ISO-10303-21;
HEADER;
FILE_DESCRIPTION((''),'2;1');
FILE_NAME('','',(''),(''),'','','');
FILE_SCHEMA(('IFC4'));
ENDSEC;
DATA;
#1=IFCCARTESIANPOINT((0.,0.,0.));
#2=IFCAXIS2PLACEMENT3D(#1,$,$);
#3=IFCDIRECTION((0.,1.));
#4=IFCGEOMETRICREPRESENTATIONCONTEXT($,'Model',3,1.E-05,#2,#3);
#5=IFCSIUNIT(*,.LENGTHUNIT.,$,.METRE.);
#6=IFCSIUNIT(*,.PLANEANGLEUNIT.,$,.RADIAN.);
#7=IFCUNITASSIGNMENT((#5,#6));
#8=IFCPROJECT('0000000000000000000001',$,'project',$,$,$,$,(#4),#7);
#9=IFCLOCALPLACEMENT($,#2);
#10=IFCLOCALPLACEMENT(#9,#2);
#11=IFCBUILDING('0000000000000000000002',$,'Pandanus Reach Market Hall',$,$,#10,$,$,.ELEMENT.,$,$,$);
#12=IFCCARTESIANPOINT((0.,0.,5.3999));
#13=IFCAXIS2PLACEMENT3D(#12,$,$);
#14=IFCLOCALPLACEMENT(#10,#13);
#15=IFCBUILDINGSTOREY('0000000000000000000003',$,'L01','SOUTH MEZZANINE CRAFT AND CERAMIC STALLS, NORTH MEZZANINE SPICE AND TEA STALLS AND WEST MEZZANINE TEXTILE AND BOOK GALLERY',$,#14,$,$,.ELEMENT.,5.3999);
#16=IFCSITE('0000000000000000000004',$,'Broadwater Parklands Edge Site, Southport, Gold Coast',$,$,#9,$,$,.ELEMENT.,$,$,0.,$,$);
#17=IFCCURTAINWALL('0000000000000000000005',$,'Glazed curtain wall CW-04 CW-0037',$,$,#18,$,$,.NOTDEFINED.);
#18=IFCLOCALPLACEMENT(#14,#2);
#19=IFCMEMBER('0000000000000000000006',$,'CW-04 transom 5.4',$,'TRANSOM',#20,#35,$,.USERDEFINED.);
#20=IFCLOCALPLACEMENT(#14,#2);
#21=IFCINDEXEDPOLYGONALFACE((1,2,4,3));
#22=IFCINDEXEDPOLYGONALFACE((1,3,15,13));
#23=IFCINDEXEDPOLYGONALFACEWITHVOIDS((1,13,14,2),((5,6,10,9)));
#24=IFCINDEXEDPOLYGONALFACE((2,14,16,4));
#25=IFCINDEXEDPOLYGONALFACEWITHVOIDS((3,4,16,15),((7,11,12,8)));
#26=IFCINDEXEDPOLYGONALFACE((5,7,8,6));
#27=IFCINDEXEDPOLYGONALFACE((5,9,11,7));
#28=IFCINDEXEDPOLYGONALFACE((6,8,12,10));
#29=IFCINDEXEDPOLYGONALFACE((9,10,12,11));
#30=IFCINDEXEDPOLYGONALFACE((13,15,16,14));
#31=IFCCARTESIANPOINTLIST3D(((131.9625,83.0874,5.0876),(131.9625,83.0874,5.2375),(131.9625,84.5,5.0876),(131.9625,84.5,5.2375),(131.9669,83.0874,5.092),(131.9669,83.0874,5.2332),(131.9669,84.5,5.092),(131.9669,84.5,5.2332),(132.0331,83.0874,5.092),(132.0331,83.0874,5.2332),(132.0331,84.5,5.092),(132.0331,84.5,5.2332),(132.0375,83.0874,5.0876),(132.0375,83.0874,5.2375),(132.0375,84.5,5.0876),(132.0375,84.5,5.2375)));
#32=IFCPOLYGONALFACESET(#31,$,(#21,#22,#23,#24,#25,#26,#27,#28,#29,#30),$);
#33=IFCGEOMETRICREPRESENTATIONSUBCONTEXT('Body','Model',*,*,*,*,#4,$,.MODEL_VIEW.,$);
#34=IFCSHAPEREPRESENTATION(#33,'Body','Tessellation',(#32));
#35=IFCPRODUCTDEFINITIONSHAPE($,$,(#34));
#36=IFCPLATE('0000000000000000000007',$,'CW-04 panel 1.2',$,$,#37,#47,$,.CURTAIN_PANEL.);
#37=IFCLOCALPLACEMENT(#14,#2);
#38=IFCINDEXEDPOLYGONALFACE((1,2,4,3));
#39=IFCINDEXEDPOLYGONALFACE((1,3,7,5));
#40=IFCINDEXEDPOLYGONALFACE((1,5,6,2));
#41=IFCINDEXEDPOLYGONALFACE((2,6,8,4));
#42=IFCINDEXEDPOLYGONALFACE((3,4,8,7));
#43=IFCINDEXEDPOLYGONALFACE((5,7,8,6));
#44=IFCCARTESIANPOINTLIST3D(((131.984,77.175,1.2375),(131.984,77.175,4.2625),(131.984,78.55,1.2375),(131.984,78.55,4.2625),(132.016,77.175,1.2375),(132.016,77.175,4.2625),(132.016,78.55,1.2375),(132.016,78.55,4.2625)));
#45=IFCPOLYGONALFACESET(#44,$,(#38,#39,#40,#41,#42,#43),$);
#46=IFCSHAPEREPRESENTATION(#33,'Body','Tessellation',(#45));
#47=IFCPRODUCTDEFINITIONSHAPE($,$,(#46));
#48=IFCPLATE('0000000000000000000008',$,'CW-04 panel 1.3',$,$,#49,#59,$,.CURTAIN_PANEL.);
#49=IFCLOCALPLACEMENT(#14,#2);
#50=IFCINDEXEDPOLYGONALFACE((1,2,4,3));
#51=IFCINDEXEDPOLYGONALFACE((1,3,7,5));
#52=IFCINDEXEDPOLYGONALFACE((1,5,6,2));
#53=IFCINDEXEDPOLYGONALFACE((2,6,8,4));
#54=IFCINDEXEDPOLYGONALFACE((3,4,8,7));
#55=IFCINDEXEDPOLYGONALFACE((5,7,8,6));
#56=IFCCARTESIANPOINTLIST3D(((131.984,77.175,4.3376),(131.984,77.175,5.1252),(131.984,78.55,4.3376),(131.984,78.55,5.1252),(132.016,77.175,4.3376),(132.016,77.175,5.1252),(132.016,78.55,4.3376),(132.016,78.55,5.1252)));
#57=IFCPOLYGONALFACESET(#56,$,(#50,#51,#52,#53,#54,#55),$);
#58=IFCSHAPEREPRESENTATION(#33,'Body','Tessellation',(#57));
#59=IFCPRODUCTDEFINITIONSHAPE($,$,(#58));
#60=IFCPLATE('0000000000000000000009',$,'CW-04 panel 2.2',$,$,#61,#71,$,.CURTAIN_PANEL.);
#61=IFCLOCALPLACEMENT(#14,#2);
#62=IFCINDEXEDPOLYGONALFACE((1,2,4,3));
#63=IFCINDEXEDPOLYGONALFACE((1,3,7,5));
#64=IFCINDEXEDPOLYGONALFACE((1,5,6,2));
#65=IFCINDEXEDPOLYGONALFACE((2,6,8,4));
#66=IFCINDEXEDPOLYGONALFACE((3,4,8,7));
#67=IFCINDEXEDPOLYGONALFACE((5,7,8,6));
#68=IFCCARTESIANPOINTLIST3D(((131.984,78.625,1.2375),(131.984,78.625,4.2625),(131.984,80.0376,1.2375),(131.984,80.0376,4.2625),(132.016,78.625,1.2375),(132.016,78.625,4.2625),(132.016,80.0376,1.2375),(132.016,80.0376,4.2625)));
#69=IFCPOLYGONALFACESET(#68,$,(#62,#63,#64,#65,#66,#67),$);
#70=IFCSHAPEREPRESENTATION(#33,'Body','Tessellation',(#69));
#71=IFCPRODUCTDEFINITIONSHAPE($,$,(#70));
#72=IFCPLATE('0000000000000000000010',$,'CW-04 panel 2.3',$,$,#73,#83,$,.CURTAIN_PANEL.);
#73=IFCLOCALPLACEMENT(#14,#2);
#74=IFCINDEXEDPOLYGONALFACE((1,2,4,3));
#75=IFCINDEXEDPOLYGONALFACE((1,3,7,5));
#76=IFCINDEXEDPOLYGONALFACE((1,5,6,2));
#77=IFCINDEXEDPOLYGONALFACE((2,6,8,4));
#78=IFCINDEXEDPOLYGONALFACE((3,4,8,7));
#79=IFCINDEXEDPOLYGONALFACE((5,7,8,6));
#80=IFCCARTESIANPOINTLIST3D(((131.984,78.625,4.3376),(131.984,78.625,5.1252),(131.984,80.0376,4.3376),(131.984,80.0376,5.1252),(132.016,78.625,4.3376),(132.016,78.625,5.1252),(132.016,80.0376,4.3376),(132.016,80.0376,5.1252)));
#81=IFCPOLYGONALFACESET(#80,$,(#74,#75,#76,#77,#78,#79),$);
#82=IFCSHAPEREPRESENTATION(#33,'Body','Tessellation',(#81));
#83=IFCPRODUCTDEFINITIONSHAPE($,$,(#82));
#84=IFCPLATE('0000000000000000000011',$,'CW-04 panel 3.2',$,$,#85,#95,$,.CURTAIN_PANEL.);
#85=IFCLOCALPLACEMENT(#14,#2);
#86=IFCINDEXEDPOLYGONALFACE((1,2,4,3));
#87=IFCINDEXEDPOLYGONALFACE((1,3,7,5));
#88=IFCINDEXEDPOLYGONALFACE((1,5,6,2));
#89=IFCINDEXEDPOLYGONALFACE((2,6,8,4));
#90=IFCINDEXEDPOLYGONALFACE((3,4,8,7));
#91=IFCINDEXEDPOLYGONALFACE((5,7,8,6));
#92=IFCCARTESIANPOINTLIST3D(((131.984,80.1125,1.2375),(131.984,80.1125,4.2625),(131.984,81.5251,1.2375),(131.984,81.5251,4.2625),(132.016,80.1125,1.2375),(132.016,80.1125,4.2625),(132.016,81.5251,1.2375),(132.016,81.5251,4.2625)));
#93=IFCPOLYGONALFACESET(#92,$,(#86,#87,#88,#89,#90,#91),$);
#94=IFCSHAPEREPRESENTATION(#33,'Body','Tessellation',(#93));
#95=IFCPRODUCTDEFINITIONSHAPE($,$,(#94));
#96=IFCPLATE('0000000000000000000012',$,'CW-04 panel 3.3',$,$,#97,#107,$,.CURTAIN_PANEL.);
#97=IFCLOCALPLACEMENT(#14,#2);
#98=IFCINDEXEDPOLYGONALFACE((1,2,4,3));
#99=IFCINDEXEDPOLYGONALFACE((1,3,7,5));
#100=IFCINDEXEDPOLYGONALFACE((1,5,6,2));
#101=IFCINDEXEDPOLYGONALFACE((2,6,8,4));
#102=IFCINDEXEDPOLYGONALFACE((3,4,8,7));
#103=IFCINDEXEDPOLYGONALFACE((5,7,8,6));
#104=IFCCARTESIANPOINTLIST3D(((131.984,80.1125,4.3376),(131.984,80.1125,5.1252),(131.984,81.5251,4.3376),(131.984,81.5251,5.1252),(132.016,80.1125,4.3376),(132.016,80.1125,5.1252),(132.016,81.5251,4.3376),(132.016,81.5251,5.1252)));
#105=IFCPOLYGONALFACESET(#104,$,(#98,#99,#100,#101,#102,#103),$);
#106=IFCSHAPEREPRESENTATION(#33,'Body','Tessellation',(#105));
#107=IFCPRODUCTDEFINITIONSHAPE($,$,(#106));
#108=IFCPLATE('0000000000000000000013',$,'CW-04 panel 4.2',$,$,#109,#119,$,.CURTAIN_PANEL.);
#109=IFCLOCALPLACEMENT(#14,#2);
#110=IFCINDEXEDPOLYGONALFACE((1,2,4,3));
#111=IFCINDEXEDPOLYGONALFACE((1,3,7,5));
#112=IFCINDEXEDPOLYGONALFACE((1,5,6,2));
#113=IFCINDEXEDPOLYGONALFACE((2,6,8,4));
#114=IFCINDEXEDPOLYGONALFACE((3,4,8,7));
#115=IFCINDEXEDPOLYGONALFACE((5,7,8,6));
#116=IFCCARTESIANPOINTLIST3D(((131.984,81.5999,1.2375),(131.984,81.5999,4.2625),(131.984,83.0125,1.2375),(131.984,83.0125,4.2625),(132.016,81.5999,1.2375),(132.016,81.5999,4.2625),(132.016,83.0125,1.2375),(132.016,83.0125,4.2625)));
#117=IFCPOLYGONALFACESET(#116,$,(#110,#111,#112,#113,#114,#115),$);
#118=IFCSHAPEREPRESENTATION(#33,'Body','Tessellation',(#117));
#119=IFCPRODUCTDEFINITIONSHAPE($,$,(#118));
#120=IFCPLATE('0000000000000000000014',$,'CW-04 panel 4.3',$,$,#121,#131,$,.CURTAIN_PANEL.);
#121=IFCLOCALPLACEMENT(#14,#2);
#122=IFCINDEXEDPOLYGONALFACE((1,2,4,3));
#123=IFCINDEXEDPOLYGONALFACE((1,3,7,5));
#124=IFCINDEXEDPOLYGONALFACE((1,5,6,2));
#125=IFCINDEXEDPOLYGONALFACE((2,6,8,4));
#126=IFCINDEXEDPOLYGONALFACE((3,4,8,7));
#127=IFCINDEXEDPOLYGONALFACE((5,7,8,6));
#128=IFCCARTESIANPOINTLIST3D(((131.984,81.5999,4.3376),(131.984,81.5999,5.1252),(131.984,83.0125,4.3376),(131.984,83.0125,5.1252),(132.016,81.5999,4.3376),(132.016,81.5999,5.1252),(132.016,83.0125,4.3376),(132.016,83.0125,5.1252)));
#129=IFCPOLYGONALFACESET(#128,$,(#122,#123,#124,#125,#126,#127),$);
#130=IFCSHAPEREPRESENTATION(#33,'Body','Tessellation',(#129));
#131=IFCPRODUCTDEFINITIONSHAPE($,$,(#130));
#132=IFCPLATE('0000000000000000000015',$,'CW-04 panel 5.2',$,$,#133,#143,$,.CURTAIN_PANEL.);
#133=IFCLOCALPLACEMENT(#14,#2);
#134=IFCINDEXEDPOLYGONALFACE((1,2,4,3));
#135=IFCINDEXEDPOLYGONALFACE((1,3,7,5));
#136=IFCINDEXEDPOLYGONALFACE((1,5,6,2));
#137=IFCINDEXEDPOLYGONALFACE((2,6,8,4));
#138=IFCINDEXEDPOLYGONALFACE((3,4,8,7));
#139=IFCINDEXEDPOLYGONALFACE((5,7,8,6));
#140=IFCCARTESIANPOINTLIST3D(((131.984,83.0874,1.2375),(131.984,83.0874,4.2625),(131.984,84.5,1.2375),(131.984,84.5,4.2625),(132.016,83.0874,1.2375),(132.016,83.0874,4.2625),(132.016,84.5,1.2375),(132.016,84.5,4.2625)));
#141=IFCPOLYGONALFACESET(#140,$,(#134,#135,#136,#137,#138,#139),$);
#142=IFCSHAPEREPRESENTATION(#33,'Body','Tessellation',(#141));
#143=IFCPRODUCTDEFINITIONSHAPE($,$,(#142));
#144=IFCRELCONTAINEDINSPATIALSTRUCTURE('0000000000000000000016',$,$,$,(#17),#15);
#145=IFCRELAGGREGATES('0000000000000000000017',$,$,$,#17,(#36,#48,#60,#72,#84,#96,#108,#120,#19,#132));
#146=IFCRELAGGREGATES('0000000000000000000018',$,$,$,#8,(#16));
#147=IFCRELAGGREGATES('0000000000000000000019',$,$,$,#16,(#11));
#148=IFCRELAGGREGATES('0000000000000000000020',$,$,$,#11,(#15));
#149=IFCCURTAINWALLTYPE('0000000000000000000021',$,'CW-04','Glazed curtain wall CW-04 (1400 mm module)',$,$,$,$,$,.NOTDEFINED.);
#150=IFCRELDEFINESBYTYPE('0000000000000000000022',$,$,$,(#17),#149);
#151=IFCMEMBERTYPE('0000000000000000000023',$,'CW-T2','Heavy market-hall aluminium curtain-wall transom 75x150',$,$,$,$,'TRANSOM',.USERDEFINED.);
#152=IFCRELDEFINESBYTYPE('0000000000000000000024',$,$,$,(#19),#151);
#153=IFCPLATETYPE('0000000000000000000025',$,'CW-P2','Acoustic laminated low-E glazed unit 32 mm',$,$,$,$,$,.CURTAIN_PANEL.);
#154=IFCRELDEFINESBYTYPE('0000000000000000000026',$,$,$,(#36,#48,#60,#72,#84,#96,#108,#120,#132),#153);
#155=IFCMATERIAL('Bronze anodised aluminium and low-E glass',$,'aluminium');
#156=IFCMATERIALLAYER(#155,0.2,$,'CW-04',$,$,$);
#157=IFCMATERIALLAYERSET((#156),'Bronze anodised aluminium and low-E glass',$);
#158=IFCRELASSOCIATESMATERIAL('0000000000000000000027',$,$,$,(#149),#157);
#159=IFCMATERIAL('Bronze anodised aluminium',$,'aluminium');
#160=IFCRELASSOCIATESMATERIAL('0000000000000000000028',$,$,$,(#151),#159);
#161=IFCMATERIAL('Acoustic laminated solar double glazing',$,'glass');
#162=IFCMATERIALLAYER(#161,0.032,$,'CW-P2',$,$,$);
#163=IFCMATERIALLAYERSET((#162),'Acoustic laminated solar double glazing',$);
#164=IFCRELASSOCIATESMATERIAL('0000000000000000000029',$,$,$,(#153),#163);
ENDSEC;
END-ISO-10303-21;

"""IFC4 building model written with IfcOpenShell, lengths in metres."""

from ifc_helpers import new_model, si_unit, direction, frame, origin, origin_2d, place, context, subcontext, project, spatial, rectangle, hollow_rectangle, extrude, material, layer, layer_set, material_profile, profile_set, type_object, element, aggregate, save


model = new_model("IFC4")

# Units and contexts
model_context = context("Model", 3, precision=1e-05, world=origin(), true_north=direction((0.0, 1.0)))
body_context = subcontext(model_context, "Body", "Model", "MODEL_VIEW")
ifc_project = project(units=[si_unit("LENGTHUNIT", "METRE"), si_unit("PLANEANGLEUNIT", "RADIAN")], contexts=[model_context])

# Site, building, storey
site_placement = place(None, origin())
site = spatial("IfcSite", under=ifc_project, at=site_placement, Name="Broadwater Parklands Edge Site, Southport, Gold Coast", CompositionType="ELEMENT", RefElevation=0.0)
building_placement = place(site_placement, origin())
building = spatial("IfcBuilding", under=site, at=building_placement, Name="Pandanus Reach Market Hall", CompositionType="ELEMENT")
storey_placement = place(building_placement, frame((0.0, 0.0, 5.3999)))
storey = spatial("IfcBuildingStorey", under=building, at=storey_placement, Name="L01", Description="SOUTH MEZZANINE CRAFT AND CERAMIC STALLS, NORTH MEZZANINE SPICE AND TEA STALLS AND WEST MEZZANINE TEXTILE AND BOOK GALLERY", CompositionType="ELEMENT", Elevation=5.3999)

# Curtain wall, member, plates
ifc_material_1 = material(Name="Bronze anodised aluminium and low-E glass", Category="aluminium")
ifc_layer_1 = layer(ifc_material_1, 0.2, Name="CW-04")
ifc_layer_set_1 = layer_set([ifc_layer_1], Name="Bronze anodised aluminium and low-E glass")
curtain_wall_type = type_object("IfcCurtainWallType", Name="CW-04", Description="Glazed curtain wall CW-04 (1400 mm module)", PredefinedType="NOTDEFINED", material=ifc_layer_set_1)
curtain_wall_placement = place(storey_placement, origin())
curtain_wall = element("IfcCurtainWall", 1, at=curtain_wall_placement, inside=storey, type_object=curtain_wall_type, Name="Glazed curtain wall CW-04 CW-0037", PredefinedType="NOTDEFINED")
ifc_material_2 = material(Name="Bronze anodised aluminium", Category="aluminium")
ifc_material_profile_1 = material_profile(ifc_material_2, hollow_rectangle(XDim=0.075, YDim=0.1499, WallThickness=0.0044, at=origin_2d()), Name="ALU75x150", Category="LoadBearing")
ifc_profile_set_1 = profile_set([ifc_material_profile_1], Name="Bronze anodised aluminium")
member_type_1 = type_object("IfcMemberType", Name="CW-T2", Description="Heavy market-hall aluminium curtain-wall transom 75x150", ElementType="TRANSOM", PredefinedType="USERDEFINED", material=ifc_profile_set_1)
member_1_placement = place(storey_placement, frame((132.0, 83.0874, 5.1626), z_axis=(0.0, 1.0, 0.0), x_axis=(-1.0, 0.0, 0.0)))
member_1 = element("IfcMember", 2, at=member_1_placement, type_object=member_type_1, Name="CW-04 transom 5.4", ObjectType="TRANSOM", PredefinedType="USERDEFINED", context=body_context, shape_type="SweptSolid", body=[
    extrude(hollow_rectangle(XDim=0.075, YDim=0.1499, WallThickness=0.0044, at=origin_2d()), origin(), (0.0, 0.0, 1.0), 1.4126),
])
ifc_material_3 = material(Name="Acoustic laminated solar double glazing", Category="glass")
ifc_layer_2 = layer(ifc_material_3, 0.032, Name="CW-P2")
ifc_layer_set_2 = layer_set([ifc_layer_2], Name="Acoustic laminated solar double glazing")
plate_type = type_object("IfcPlateType", Name="CW-P2", Description="Acoustic laminated low-E glazed unit 32 mm", PredefinedType="CURTAIN_PANEL", material=ifc_layer_set_2)
plate_1_placement = place(storey_placement, frame((132.0, 77.8625, 1.2375), z_axis=(0.0, 0.0, 1.0), x_axis=(0.0, 1.0, 0.0)))
plate_1 = element("IfcPlate", 3, at=plate_1_placement, type_object=plate_type, Name="CW-04 panel 1.2", PredefinedType="CURTAIN_PANEL", context=body_context, shape_type="SweptSolid", body=[
    extrude(rectangle(XDim=1.375, YDim=0.032, at=origin_2d()), origin(), (0.0, 0.0, 1.0), 3.0249),
])
plate_2_placement = place(storey_placement, frame((132.0, 77.8625, 4.3376), z_axis=(0.0, 0.0, 1.0), x_axis=(0.0, 1.0, 0.0)))
plate_2 = element("IfcPlate", 4, at=plate_2_placement, type_object=plate_type, Name="CW-04 panel 1.3", PredefinedType="CURTAIN_PANEL", context=body_context, shape_type="SweptSolid", body=[
    extrude(rectangle(XDim=1.375, YDim=0.032, at=origin_2d()), origin(), (0.0, 0.0, 1.0), 0.7876),
])
plate_3_placement = place(storey_placement, frame((132.0, 79.3313, 1.2375), z_axis=(0.0, 0.0, 1.0), x_axis=(0.0, 1.0, 0.0)))
plate_3 = element("IfcPlate", 5, at=plate_3_placement, type_object=plate_type, Name="CW-04 panel 2.2", PredefinedType="CURTAIN_PANEL", context=body_context, shape_type="SweptSolid", body=[
    extrude(rectangle(XDim=1.4126, YDim=0.032, at=origin_2d()), origin(), (0.0, 0.0, 1.0), 3.0249),
])
plate_4_placement = place(storey_placement, frame((132.0, 79.3313, 4.3376), z_axis=(0.0, 0.0, 1.0), x_axis=(0.0, 1.0, 0.0)))
plate_4 = element("IfcPlate", 6, at=plate_4_placement, type_object=plate_type, Name="CW-04 panel 2.3", PredefinedType="CURTAIN_PANEL", context=body_context, shape_type="SweptSolid", body=[
    extrude(rectangle(XDim=1.4126, YDim=0.032, at=origin_2d()), origin(), (0.0, 0.0, 1.0), 0.7876),
])
plate_5_placement = place(storey_placement, frame((132.0, 80.8188, 1.2375), z_axis=(0.0, 0.0, 1.0), x_axis=(0.0, 1.0, 0.0)))
plate_5 = element("IfcPlate", 7, at=plate_5_placement, type_object=plate_type, Name="CW-04 panel 3.2", PredefinedType="CURTAIN_PANEL", context=body_context, shape_type="SweptSolid", body=[
    extrude(rectangle(XDim=1.4126, YDim=0.032, at=origin_2d()), origin(), (0.0, 0.0, 1.0), 3.0249),
])
plate_6_placement = place(storey_placement, frame((132.0, 80.8188, 4.3376), z_axis=(0.0, 0.0, 1.0), x_axis=(0.0, 1.0, 0.0)))
plate_6 = element("IfcPlate", 8, at=plate_6_placement, type_object=plate_type, Name="CW-04 panel 3.3", PredefinedType="CURTAIN_PANEL", context=body_context, shape_type="SweptSolid", body=[
    extrude(rectangle(XDim=1.4126, YDim=0.032, at=origin_2d()), origin(), (0.0, 0.0, 1.0), 0.7876),
])
plate_7_placement = place(storey_placement, frame((132.0, 82.3062, 1.2375), z_axis=(0.0, 0.0, 1.0), x_axis=(0.0, 1.0, 0.0)))
plate_7 = element("IfcPlate", 9, at=plate_7_placement, type_object=plate_type, Name="CW-04 panel 4.2", PredefinedType="CURTAIN_PANEL", context=body_context, shape_type="SweptSolid", body=[
    extrude(rectangle(XDim=1.4126, YDim=0.032, at=origin_2d()), origin(), (0.0, 0.0, 1.0), 3.0249),
])
plate_8_placement = place(storey_placement, frame((132.0, 82.3062, 4.3376), z_axis=(0.0, 0.0, 1.0), x_axis=(0.0, 1.0, 0.0)))
plate_8 = element("IfcPlate", 10, at=plate_8_placement, type_object=plate_type, Name="CW-04 panel 4.3", PredefinedType="CURTAIN_PANEL", context=body_context, shape_type="SweptSolid", body=[
    extrude(rectangle(XDim=1.4126, YDim=0.032, at=origin_2d()), origin(), (0.0, 0.0, 1.0), 0.7876),
])
plate_9_placement = place(storey_placement, frame((132.0, 83.7937, 1.2375), z_axis=(0.0, 0.0, 1.0), x_axis=(0.0, 1.0, 0.0)))
plate_9 = element("IfcPlate", 11, at=plate_9_placement, type_object=plate_type, Name="CW-04 panel 5.2", PredefinedType="CURTAIN_PANEL", context=body_context, shape_type="SweptSolid", body=[
    extrude(rectangle(XDim=1.4126, YDim=0.032, at=origin_2d()), origin(), (0.0, 0.0, 1.0), 3.0249),
])
aggregate(curtain_wall, [plate_1, plate_2, plate_3, plate_4, plate_5, plate_6, plate_7, plate_8, member_1, plate_9])

save(model, "model.ifc")
